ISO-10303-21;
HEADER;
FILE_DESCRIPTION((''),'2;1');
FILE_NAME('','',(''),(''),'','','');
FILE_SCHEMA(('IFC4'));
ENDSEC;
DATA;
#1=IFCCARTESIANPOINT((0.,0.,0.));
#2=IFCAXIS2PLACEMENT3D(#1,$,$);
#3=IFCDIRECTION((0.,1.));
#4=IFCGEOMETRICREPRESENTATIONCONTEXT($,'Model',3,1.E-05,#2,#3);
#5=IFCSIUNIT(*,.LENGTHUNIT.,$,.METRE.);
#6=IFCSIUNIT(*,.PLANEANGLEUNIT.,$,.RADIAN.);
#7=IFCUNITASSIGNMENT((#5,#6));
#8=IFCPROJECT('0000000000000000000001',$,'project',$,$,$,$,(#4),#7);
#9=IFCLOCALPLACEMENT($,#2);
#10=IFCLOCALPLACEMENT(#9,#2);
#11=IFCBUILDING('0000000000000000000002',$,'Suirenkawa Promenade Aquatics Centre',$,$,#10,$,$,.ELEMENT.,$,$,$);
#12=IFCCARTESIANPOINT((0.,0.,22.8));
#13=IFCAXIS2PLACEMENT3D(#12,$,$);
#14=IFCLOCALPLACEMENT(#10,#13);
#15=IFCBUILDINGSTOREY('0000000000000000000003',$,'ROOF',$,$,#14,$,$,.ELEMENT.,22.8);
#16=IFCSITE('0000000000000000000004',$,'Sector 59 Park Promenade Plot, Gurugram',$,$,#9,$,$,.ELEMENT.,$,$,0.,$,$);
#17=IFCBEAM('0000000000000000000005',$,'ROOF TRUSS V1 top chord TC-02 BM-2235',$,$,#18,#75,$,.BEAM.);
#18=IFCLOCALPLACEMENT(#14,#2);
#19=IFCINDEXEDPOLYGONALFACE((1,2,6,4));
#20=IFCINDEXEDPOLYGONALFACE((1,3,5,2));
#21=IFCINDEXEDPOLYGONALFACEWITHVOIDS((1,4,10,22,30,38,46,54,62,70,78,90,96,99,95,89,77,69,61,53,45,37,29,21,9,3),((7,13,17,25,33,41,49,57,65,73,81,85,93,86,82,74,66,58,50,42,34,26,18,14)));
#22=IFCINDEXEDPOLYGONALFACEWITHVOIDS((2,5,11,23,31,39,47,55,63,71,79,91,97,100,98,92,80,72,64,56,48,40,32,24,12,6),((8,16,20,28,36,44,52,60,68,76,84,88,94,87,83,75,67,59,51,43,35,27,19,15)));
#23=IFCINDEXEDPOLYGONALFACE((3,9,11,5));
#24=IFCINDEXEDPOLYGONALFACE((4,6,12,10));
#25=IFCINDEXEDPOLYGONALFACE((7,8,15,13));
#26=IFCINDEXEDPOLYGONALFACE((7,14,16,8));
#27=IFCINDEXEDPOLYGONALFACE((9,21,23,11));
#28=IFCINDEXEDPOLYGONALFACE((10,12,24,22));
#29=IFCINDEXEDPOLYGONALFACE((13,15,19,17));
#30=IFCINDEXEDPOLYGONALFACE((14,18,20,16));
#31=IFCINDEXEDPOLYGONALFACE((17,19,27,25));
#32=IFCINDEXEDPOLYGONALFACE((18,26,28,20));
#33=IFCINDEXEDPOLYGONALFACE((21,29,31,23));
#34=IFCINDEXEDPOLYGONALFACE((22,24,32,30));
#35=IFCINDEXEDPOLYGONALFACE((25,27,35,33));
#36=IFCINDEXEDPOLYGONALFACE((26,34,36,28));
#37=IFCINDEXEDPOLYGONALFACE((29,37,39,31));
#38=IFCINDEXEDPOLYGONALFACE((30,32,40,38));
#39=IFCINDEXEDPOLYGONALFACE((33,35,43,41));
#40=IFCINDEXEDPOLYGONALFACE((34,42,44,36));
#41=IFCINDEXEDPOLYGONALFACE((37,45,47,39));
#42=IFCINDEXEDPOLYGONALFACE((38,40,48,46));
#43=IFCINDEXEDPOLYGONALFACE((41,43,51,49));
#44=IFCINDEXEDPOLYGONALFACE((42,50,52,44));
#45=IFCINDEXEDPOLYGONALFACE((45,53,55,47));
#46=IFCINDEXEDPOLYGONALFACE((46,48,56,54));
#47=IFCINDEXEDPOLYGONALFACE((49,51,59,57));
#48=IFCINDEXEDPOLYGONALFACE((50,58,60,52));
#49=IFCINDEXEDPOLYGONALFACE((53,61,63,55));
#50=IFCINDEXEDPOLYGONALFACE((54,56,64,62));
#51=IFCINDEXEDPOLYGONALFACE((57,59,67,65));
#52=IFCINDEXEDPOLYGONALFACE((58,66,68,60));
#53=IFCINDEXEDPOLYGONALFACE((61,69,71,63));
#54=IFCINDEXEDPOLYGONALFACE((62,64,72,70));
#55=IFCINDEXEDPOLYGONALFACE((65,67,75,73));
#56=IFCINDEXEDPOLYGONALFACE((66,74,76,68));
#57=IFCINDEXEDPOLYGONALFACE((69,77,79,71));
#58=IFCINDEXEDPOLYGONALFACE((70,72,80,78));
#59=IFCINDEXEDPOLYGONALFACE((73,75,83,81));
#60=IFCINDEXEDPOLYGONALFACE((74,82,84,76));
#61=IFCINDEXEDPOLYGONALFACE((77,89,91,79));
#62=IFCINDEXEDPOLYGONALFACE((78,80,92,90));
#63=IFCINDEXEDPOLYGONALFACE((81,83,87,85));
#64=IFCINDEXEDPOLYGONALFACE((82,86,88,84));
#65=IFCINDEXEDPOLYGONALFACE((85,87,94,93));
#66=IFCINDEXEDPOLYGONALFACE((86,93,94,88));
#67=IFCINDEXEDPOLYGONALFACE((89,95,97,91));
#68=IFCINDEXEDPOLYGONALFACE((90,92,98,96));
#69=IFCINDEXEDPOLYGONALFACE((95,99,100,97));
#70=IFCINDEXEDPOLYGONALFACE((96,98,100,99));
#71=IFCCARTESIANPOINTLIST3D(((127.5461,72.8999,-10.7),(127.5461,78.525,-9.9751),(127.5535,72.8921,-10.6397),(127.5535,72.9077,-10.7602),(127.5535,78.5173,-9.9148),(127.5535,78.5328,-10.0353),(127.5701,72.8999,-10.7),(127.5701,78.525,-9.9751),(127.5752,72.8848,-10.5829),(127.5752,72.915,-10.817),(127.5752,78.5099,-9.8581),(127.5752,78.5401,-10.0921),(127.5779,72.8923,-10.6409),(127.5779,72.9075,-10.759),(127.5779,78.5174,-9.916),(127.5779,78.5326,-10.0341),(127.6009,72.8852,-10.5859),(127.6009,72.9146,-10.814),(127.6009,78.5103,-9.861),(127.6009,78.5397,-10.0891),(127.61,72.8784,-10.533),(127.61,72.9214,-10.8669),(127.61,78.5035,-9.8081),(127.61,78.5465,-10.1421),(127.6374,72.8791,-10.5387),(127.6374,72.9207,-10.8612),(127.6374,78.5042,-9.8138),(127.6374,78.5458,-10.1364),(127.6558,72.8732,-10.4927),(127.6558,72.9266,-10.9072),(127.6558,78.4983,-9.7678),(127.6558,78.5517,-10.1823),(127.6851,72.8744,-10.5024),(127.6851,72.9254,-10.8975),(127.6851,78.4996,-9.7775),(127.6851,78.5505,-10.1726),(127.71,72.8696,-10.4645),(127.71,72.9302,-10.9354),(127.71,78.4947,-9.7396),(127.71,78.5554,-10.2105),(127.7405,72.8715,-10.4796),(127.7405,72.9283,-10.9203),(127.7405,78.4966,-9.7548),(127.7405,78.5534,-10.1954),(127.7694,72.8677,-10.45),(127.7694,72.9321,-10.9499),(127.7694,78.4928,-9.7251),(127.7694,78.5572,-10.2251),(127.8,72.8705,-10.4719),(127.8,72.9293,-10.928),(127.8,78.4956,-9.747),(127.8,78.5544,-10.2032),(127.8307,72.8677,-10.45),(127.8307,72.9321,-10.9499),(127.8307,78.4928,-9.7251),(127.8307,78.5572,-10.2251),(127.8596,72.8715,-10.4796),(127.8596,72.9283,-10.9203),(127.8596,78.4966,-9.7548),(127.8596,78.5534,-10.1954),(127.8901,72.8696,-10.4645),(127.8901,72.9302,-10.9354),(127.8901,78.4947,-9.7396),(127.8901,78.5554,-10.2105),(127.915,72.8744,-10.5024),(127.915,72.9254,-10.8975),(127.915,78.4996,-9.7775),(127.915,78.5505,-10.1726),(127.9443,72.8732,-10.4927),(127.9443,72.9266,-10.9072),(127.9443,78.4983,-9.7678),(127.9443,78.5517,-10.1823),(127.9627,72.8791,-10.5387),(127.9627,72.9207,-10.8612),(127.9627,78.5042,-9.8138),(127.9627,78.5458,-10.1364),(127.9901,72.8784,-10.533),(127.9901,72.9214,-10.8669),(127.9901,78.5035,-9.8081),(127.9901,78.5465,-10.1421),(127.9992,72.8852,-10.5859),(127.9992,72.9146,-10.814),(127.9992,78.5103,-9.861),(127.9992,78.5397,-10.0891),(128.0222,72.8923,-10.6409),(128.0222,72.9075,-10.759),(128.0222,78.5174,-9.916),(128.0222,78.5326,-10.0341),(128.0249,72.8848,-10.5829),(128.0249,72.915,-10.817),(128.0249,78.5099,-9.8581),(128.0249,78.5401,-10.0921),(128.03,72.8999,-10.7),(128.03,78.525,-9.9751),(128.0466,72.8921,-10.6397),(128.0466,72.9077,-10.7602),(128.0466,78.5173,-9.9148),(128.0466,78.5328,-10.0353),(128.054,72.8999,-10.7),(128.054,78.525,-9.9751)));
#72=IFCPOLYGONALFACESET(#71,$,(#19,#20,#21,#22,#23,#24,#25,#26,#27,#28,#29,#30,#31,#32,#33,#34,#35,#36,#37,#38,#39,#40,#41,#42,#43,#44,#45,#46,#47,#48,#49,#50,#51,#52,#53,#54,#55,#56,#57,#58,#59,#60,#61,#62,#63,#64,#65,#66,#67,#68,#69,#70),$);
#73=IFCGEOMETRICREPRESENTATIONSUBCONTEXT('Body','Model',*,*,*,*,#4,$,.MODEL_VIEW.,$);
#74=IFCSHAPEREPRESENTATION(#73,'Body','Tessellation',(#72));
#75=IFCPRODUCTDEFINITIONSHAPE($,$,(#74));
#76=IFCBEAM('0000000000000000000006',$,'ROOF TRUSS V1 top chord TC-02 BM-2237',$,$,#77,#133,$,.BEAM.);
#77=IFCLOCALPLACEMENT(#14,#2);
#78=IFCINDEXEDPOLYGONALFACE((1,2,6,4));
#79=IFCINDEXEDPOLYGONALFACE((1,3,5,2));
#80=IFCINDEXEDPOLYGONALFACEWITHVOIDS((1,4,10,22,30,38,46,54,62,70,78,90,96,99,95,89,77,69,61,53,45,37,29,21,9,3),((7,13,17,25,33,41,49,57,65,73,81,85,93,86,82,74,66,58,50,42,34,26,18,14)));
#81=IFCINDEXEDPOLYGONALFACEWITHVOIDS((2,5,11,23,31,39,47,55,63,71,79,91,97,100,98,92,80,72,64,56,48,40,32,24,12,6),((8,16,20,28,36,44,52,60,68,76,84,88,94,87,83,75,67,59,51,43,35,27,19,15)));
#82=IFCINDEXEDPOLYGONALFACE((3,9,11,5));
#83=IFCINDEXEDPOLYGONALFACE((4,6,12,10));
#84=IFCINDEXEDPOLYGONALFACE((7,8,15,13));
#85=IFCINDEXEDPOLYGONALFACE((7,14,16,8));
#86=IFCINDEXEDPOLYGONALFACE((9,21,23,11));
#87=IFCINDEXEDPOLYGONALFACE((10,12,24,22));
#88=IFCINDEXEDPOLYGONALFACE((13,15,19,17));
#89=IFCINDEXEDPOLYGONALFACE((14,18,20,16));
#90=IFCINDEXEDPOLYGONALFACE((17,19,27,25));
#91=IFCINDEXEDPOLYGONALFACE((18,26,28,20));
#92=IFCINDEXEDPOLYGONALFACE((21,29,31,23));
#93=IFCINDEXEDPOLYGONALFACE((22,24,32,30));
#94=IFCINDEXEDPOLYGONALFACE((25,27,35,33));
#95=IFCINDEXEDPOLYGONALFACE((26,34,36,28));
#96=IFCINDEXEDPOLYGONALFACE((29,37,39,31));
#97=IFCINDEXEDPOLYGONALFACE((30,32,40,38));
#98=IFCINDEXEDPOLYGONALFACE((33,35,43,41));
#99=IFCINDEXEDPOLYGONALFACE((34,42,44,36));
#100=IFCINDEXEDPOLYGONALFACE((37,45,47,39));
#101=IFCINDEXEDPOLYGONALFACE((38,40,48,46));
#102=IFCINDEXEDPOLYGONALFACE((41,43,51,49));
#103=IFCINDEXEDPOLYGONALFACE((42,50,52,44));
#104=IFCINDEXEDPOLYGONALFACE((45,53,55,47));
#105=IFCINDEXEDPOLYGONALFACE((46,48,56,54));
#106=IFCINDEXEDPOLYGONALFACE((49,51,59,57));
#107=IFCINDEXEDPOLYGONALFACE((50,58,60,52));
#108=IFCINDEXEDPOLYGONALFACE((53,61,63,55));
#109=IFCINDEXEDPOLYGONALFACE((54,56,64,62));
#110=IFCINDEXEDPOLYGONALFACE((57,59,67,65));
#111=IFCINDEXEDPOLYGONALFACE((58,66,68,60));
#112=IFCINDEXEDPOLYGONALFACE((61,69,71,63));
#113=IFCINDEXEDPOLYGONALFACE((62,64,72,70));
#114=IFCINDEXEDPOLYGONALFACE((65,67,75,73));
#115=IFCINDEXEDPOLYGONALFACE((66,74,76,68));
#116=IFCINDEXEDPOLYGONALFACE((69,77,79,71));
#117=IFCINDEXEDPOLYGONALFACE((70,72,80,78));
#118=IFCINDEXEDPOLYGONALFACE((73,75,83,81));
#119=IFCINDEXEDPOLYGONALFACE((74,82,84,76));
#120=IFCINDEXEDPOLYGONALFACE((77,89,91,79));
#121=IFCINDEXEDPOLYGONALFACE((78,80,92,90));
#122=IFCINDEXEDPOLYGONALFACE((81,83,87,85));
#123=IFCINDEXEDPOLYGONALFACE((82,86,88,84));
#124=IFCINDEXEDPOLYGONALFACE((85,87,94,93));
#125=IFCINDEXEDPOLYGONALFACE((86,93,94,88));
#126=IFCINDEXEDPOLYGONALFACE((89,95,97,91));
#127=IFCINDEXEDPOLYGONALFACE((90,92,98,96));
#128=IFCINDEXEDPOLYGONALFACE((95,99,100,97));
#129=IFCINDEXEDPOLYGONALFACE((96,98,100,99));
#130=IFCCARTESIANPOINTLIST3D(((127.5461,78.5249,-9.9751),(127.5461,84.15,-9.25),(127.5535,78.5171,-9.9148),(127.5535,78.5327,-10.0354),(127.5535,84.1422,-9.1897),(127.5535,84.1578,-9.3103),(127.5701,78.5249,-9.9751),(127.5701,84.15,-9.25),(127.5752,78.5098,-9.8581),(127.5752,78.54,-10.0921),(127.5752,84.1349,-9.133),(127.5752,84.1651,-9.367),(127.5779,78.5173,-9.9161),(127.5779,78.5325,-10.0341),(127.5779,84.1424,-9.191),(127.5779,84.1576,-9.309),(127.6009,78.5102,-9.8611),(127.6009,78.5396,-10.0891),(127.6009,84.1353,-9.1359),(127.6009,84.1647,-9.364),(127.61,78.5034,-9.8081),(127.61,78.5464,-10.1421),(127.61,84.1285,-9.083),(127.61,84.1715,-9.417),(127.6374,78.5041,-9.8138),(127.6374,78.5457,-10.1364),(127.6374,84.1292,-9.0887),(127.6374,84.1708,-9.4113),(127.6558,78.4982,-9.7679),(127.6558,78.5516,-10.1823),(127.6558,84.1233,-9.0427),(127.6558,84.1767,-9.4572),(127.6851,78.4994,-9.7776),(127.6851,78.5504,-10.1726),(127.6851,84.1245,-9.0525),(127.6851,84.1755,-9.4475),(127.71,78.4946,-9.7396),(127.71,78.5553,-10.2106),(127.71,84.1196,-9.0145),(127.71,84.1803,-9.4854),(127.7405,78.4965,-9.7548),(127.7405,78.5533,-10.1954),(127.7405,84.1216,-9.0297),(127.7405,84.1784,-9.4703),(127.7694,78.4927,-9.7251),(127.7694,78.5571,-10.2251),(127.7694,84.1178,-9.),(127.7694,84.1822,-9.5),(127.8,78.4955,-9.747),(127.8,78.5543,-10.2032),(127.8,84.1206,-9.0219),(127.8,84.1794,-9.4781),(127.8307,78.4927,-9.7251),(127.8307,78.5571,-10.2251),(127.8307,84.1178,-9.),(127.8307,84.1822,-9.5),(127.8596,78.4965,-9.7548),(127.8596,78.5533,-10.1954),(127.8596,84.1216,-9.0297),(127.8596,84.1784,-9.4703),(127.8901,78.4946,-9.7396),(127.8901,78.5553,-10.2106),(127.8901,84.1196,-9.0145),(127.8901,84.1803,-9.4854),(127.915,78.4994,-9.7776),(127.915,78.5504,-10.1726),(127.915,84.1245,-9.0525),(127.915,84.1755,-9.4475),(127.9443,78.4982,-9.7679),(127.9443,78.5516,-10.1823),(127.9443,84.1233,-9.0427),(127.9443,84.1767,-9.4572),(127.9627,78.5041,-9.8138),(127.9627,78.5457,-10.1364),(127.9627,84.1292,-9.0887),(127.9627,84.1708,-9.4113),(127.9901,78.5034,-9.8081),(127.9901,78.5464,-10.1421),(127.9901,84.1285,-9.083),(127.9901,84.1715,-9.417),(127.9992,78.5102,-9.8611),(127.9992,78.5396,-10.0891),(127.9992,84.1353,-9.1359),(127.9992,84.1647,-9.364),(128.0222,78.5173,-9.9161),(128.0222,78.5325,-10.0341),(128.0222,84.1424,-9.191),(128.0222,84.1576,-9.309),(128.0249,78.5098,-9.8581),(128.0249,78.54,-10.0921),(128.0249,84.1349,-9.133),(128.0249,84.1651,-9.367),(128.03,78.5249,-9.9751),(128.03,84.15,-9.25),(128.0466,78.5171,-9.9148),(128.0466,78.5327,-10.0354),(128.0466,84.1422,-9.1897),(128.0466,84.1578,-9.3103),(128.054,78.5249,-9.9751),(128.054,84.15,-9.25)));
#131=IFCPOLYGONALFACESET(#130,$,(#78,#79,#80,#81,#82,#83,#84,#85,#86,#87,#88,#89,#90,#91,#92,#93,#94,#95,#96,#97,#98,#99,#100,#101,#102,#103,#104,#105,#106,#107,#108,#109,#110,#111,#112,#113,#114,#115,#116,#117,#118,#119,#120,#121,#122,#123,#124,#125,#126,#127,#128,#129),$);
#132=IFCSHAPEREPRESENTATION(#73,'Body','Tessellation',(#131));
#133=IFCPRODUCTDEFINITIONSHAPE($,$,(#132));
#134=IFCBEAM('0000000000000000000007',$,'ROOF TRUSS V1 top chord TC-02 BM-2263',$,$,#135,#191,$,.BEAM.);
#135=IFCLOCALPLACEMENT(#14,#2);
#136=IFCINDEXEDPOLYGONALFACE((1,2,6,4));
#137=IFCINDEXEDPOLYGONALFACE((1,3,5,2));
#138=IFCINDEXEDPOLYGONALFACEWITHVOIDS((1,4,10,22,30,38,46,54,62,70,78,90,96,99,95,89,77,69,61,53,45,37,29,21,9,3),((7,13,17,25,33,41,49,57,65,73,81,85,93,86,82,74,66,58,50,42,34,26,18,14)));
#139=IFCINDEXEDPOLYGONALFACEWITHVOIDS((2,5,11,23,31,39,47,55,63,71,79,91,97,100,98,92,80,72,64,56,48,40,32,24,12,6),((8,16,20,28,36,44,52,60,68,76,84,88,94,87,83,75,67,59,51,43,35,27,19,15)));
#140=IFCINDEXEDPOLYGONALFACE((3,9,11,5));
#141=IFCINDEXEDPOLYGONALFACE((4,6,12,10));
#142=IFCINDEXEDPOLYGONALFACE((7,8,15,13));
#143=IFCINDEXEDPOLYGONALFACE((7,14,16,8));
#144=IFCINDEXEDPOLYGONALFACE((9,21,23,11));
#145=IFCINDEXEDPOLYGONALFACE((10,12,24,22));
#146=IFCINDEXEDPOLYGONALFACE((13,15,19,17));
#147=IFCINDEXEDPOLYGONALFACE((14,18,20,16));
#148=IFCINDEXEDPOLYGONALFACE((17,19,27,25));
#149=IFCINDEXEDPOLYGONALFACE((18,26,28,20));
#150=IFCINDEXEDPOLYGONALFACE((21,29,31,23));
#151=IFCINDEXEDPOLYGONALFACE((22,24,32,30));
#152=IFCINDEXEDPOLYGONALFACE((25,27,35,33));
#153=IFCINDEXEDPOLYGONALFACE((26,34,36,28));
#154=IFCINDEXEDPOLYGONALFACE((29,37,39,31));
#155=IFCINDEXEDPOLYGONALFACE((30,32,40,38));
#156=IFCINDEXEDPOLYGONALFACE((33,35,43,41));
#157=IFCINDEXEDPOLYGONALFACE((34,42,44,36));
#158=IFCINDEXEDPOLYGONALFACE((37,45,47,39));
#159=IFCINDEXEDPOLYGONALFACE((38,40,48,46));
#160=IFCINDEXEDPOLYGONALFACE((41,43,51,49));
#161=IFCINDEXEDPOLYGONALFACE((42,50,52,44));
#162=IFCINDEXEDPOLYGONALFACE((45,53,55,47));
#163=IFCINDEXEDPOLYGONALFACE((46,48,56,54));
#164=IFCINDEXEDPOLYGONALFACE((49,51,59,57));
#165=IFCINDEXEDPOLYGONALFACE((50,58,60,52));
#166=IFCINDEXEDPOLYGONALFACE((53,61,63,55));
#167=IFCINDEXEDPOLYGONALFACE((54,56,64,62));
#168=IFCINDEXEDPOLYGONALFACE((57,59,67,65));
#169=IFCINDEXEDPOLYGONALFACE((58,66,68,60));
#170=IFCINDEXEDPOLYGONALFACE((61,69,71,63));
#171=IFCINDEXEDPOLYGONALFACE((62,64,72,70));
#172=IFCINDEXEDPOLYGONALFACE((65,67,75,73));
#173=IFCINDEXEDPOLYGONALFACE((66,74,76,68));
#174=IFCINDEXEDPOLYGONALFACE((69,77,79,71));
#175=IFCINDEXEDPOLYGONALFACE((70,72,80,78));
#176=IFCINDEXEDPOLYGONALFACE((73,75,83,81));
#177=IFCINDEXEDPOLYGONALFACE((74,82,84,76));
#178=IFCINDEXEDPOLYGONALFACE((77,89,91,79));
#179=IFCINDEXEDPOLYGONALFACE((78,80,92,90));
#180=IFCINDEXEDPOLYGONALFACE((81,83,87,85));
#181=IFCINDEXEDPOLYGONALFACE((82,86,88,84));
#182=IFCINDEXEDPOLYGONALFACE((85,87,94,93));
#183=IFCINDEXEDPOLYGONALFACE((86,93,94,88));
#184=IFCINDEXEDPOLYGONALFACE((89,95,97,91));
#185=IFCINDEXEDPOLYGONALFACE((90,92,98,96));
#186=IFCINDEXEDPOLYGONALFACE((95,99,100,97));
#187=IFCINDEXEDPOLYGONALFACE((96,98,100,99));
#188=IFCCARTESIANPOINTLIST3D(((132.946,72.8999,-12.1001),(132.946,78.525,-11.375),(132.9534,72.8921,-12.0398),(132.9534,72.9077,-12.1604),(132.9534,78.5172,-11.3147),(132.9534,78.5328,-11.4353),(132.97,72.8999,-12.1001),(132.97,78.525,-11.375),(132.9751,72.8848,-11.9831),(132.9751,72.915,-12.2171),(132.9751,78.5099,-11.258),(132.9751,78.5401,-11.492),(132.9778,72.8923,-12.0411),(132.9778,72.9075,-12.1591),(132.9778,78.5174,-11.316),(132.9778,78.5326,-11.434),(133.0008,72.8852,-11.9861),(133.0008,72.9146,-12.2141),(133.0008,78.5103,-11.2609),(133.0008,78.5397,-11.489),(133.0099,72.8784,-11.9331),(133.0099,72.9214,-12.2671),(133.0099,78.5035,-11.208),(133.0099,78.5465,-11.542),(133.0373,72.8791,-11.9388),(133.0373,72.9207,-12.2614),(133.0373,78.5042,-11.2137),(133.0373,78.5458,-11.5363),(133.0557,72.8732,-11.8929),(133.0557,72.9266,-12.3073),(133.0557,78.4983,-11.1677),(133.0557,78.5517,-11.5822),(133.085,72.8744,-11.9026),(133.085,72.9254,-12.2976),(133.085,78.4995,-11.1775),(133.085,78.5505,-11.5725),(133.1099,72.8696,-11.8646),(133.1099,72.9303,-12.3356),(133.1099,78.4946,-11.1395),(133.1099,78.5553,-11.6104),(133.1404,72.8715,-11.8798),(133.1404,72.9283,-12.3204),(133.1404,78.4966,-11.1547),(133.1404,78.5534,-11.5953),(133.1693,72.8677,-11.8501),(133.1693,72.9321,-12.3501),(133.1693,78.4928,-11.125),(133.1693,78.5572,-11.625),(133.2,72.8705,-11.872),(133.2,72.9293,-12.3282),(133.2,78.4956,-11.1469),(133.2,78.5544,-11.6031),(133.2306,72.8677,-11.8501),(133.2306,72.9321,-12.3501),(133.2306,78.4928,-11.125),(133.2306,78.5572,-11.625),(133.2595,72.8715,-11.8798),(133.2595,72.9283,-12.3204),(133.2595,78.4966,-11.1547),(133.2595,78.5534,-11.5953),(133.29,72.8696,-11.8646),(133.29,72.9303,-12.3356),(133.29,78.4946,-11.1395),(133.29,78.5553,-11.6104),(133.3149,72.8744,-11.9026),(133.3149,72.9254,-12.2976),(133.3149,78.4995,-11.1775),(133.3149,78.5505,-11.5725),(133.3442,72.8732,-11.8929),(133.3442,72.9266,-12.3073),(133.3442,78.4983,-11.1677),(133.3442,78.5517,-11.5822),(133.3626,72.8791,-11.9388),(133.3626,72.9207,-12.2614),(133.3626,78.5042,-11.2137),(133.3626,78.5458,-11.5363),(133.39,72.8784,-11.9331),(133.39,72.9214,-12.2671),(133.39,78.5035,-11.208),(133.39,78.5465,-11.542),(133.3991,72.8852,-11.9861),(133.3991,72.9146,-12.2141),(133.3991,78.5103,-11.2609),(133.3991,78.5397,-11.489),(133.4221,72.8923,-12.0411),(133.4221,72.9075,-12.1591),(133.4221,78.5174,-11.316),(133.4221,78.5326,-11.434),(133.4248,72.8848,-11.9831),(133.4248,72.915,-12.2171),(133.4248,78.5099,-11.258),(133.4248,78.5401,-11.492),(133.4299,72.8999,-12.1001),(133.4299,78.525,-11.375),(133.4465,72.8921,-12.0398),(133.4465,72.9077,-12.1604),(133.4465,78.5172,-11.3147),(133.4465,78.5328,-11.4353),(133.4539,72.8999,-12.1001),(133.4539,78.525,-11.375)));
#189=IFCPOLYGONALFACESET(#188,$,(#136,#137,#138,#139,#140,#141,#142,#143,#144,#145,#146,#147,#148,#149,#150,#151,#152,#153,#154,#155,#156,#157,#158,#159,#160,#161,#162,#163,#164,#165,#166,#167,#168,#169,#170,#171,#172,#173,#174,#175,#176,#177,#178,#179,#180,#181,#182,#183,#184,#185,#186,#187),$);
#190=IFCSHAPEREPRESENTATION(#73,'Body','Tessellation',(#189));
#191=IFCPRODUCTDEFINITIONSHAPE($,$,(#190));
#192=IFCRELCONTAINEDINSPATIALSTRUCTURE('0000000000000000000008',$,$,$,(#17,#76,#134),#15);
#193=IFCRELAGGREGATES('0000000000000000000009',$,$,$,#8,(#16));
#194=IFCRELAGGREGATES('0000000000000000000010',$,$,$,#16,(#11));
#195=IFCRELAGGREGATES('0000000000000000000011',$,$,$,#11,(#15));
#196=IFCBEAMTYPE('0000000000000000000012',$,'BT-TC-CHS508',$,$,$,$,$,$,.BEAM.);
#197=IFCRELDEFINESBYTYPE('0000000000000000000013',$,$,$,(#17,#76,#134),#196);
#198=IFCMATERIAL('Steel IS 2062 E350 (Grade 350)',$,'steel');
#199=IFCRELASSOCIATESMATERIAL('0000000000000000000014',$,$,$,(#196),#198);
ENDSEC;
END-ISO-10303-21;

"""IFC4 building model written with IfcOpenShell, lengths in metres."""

from ifc_helpers import new_model, si_unit, direction, frame, origin, origin_2d, place, context, subcontext, project, spatial, hollow_circle, extrude, material, material_profile, profile_set, type_object, element, save


model = new_model("IFC4")

# Units and contexts
model_context = context("Model", 3, precision=1e-05, world=origin(), true_north=direction((0.0, 1.0)))
body_context = subcontext(model_context, "Body", "Model", "MODEL_VIEW")
ifc_project = project(units=[si_unit("LENGTHUNIT", "METRE"), si_unit("PLANEANGLEUNIT", "RADIAN")], contexts=[model_context])

# Site, building, storey
site_placement = place(None, origin())
site = spatial("IfcSite", under=ifc_project, at=site_placement, Name="Sector 59 Park Promenade Plot, Gurugram", CompositionType="ELEMENT", RefElevation=0.0)
building_placement = place(site_placement, origin())
building = spatial("IfcBuilding", under=site, at=building_placement, Name="Suirenkawa Promenade Aquatics Centre", CompositionType="ELEMENT")
storey_placement = place(building_placement, frame((0.0, 0.0, 22.8)))
storey = spatial("IfcBuildingStorey", under=building, at=storey_placement, Name="ROOF", CompositionType="ELEMENT", Elevation=22.8)

# Beams
ifc_material = material(Name="Steel IS 2062 E350 (Grade 350)", Category="steel")
ifc_material_profile_1 = material_profile(ifc_material, hollow_circle(Radius=0.2539, WallThickness=0.0239, at=origin_2d()), Name="CHS 508x24", Category="steel")
ifc_profile_set_1 = profile_set([ifc_material_profile_1], Name="Steel IS 2062 E350 (Grade 350)")
beam_type_1 = type_object("IfcBeamType", Name="BT-TC-CHS508", PredefinedType="BEAM", material=ifc_profile_set_1)
for number, where, z_axis, x_axis, name in (
    (1, (127.8, 72.8999, -10.7), (0.0, 0.991799, 0.127806), (-1.0, 0.0, 0.0), "ROOF TRUSS V1 top chord TC-02 BM-2235"),
    (2, (127.8, 78.5249, -9.9751), (0.0, 0.991794, 0.127848), (-1.0, 0.0, 0.0), "ROOF TRUSS V1 top chord TC-02 BM-2237"),
    (3, (133.2, 72.8999, -12.1001), (0.0, 0.991794, 0.127848), (-1.0, 0.0, 0.0), "ROOF TRUSS V1 top chord TC-02 BM-2263"),
):
    element("IfcBeam", number, at=place(storey_placement, frame(where, z_axis=z_axis, x_axis=x_axis)), inside=storey, type_object=beam_type_1, Name=name, PredefinedType="BEAM", context=body_context, shape_type="SweptSolid", body=[
        extrude(hollow_circle(Radius=0.2539, WallThickness=0.0239, at=origin_2d()), origin(), (0.0, 0.0, 1.0), 5.6716),
    ])

save(model, "model.ifc")
